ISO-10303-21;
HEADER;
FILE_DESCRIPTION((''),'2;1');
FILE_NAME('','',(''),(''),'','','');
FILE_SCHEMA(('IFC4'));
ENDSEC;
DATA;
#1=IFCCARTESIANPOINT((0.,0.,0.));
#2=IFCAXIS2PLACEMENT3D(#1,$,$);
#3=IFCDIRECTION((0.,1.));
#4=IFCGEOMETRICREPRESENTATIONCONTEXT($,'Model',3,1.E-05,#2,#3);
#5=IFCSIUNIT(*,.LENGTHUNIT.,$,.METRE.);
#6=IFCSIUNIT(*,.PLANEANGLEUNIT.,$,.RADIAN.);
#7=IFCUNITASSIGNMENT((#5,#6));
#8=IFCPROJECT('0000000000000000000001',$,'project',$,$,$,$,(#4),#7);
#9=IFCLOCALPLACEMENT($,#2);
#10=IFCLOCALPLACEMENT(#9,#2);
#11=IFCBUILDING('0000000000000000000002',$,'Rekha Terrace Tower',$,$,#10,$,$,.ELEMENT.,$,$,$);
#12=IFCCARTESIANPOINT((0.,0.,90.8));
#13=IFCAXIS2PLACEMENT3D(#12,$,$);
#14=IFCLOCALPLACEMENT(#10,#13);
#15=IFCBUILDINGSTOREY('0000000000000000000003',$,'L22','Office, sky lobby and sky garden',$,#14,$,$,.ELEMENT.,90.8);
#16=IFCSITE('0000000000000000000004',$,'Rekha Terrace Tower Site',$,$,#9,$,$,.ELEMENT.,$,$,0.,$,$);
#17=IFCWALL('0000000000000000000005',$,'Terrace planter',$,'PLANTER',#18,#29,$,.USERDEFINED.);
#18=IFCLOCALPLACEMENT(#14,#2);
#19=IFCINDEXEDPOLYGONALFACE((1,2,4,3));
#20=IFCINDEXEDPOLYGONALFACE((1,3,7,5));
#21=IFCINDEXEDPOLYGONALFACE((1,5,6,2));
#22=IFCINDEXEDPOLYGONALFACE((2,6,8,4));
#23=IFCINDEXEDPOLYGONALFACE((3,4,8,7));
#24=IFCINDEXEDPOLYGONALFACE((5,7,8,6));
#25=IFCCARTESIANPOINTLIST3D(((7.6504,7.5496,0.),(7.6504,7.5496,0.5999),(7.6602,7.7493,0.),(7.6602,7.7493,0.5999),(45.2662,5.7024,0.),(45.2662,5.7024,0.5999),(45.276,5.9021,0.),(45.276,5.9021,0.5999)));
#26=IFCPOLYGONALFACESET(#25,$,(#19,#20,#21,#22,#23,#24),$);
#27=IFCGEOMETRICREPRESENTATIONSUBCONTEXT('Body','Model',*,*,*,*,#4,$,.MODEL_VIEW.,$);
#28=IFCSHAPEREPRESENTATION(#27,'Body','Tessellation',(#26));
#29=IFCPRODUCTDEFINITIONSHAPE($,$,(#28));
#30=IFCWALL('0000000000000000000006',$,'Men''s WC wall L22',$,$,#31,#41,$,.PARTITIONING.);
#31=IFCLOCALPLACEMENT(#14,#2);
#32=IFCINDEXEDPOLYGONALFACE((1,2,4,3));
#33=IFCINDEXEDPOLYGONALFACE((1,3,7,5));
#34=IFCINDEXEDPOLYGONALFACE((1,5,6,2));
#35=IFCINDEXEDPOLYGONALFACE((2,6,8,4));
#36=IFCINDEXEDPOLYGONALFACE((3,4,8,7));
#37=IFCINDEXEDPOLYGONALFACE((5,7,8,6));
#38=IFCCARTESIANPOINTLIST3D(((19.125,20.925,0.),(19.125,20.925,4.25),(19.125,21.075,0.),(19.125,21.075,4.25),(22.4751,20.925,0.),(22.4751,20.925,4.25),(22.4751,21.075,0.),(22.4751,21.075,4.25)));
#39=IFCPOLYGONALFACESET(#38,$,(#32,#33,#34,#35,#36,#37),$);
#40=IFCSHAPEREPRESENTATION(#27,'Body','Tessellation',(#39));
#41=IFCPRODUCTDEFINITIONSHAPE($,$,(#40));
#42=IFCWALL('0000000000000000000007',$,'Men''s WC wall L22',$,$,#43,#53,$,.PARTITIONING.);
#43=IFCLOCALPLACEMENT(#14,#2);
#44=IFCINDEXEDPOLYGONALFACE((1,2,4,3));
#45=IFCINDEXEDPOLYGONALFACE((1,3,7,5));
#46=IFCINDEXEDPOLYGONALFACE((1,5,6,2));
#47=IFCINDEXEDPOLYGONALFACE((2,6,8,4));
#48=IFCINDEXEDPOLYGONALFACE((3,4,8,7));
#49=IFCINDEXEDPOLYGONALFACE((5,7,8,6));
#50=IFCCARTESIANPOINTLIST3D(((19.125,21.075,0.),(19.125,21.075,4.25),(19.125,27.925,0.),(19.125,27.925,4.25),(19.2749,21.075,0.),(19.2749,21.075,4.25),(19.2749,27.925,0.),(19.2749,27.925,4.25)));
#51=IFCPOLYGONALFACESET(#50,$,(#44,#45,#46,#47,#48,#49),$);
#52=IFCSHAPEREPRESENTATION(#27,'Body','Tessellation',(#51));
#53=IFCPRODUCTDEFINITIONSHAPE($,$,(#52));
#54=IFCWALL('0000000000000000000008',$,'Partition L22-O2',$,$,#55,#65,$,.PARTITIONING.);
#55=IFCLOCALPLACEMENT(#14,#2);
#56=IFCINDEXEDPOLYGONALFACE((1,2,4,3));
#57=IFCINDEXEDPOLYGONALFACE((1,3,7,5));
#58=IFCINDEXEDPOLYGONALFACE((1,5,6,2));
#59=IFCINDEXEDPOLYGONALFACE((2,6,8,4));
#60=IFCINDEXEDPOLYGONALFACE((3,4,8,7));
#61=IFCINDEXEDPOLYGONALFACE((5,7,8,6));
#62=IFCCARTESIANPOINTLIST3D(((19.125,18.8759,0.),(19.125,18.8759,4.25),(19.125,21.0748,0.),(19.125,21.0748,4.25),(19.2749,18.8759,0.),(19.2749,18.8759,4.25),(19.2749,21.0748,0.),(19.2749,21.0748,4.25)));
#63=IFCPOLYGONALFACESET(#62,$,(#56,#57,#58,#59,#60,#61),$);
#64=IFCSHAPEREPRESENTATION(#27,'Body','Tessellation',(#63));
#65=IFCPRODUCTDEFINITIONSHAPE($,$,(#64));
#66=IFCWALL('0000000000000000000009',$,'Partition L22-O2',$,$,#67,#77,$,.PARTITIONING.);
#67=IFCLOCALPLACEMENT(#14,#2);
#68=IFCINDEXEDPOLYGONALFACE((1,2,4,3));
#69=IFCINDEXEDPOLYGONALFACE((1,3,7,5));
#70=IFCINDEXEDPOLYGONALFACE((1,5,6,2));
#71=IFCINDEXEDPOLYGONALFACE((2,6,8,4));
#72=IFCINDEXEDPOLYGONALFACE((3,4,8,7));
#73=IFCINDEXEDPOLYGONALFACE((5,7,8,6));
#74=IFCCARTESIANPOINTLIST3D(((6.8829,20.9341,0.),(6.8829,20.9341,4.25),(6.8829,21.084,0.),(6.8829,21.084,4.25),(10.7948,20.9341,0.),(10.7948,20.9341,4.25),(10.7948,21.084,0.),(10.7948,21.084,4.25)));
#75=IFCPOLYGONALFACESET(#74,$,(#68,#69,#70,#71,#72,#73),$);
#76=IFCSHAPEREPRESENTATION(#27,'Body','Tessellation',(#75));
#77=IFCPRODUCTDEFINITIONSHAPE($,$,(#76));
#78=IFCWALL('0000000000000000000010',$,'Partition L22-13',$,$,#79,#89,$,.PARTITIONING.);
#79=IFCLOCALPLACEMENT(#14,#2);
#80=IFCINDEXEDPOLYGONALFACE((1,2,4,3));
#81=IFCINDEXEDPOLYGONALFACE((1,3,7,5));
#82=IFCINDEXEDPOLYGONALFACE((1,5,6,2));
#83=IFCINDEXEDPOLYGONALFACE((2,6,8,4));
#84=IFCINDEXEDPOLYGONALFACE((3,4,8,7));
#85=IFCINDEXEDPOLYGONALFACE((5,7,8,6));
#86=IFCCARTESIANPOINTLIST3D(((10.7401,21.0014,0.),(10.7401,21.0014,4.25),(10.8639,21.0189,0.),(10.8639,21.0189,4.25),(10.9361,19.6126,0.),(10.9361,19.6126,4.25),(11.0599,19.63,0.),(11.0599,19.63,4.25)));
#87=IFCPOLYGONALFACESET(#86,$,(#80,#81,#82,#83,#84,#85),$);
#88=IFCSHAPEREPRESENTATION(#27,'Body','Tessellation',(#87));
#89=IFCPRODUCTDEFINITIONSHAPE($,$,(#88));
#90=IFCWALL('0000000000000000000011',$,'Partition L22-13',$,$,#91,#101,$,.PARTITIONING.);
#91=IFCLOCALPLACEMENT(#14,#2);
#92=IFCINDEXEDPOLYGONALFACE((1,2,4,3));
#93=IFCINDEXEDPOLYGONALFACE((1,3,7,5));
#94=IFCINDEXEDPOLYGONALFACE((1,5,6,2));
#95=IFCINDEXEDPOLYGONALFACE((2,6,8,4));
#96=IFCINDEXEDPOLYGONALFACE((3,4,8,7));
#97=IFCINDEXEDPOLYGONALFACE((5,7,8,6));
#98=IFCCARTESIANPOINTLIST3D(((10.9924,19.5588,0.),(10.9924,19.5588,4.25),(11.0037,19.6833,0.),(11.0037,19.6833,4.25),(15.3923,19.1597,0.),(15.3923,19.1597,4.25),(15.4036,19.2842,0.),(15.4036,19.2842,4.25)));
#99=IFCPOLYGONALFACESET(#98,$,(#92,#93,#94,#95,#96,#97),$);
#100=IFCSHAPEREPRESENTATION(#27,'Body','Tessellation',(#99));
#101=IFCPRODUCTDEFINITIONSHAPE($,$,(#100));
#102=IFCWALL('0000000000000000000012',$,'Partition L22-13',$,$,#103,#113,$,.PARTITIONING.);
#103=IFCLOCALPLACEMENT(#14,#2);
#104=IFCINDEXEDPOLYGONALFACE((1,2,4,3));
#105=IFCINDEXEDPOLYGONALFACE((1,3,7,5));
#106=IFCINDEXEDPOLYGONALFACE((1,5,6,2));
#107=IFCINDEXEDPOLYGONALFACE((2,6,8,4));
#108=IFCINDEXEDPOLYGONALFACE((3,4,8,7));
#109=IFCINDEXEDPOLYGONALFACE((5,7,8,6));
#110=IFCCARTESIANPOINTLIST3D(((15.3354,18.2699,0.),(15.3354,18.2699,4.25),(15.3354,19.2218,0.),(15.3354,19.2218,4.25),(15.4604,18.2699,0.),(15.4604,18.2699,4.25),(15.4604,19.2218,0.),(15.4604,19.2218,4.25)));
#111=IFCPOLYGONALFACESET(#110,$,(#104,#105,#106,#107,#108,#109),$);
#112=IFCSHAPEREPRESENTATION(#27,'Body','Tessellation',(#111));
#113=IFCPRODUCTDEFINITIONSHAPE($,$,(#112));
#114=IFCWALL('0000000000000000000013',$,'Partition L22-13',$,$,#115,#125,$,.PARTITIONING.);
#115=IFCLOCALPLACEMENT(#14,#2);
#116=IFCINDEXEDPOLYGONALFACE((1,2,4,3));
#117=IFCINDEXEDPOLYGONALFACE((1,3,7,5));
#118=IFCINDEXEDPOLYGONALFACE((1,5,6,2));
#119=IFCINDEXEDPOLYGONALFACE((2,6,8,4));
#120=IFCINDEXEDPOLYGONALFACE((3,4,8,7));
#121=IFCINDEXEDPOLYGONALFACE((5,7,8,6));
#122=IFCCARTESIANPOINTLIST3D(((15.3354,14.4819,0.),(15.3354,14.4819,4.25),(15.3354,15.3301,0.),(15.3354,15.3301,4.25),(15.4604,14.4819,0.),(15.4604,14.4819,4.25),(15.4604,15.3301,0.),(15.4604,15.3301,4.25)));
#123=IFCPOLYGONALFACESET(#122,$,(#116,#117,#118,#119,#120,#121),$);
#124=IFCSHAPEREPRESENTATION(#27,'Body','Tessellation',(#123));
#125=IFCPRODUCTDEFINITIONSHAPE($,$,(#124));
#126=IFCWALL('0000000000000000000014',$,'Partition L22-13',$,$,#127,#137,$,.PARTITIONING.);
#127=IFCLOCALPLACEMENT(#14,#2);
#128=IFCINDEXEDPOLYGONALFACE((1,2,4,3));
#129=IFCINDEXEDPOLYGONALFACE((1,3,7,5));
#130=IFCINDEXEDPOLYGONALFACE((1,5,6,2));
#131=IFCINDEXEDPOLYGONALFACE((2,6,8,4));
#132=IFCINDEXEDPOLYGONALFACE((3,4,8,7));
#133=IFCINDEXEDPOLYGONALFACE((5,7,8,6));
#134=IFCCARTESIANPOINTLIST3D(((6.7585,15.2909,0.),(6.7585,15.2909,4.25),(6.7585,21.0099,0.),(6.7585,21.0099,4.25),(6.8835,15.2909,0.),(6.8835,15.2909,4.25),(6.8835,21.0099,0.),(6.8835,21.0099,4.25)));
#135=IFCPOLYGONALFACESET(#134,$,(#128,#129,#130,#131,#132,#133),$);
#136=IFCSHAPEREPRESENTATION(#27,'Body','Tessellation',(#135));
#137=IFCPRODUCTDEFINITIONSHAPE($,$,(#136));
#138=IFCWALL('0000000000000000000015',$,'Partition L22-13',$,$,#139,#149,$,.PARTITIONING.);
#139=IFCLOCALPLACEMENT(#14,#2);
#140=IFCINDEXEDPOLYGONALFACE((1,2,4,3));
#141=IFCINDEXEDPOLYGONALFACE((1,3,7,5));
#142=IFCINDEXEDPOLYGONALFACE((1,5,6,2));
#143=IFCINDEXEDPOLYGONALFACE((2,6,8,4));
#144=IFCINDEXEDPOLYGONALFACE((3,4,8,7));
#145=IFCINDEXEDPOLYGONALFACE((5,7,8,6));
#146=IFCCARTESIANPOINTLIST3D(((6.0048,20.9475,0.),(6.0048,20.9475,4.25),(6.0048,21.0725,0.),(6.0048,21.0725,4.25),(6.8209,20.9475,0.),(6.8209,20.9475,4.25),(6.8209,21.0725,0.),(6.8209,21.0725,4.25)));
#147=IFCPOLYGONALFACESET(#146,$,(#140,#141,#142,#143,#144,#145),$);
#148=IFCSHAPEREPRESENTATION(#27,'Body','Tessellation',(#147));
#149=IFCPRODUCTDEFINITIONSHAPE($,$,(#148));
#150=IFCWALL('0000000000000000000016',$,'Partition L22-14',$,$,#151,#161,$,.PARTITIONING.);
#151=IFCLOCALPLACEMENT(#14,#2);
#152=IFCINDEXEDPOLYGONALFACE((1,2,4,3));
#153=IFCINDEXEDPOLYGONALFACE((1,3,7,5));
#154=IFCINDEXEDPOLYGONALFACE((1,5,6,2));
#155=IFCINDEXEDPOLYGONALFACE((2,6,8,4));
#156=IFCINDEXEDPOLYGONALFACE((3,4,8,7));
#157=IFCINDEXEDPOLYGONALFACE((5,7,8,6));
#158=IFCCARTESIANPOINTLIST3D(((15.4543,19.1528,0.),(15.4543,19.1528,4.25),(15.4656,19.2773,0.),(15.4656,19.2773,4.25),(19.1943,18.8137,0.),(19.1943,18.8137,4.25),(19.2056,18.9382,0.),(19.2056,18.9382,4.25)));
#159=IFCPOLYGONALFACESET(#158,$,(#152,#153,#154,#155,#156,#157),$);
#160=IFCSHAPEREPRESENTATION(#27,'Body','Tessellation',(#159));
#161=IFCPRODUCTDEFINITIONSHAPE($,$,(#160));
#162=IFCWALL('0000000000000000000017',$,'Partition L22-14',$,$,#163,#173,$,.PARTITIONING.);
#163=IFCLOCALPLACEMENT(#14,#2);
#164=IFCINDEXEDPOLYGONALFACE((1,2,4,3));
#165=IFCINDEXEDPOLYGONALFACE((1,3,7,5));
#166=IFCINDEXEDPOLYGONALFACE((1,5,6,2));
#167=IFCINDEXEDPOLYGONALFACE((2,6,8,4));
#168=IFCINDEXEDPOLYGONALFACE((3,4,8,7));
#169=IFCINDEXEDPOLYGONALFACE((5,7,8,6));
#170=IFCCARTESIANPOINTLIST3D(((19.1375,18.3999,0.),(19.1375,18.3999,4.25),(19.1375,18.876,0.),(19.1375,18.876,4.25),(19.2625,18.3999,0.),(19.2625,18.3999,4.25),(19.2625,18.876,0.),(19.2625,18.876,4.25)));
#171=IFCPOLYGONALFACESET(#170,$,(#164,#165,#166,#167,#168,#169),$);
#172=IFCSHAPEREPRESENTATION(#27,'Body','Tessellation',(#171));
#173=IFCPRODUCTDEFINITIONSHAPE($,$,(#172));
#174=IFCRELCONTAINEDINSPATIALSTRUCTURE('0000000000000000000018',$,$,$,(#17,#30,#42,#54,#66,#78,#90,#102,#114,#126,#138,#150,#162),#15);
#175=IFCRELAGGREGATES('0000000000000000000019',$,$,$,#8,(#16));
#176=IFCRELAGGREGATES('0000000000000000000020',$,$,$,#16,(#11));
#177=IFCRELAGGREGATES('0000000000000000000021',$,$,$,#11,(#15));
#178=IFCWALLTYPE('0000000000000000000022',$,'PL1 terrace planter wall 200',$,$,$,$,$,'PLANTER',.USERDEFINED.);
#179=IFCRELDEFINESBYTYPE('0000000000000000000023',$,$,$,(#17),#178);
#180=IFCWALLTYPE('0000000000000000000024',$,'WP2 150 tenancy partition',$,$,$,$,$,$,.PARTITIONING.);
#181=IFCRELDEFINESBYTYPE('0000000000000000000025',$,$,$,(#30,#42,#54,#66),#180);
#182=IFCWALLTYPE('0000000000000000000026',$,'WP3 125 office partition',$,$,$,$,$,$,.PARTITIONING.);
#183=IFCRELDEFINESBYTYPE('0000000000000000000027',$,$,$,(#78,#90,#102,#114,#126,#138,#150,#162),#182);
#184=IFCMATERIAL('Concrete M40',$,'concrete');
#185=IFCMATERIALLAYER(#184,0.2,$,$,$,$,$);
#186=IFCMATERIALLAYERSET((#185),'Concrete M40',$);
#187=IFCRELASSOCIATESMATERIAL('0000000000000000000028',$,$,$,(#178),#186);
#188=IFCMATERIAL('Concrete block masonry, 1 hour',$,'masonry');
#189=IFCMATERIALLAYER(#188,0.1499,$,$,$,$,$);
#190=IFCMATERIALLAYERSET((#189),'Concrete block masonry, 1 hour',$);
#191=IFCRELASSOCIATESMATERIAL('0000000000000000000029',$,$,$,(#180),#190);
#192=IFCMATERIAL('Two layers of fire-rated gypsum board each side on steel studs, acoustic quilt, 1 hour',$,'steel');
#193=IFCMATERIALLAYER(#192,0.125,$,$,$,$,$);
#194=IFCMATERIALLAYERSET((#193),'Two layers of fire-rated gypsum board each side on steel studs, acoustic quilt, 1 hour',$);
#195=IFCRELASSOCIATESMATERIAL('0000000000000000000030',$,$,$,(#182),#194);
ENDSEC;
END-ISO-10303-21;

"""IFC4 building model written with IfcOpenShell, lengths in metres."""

from ifc_helpers import new_model, si_unit, direction, frame, frame_2d, origin, place, context, subcontext, project, spatial, rectangle, extrude, material, layer, layer_set, type_object, element, save


model = new_model("IFC4")

# Units and contexts
model_context = context("Model", 3, precision=1e-05, world=origin(), true_north=direction((0.0, 1.0)))
body_context = subcontext(model_context, "Body", "Model", "MODEL_VIEW")
ifc_project = project(units=[si_unit("LENGTHUNIT", "METRE"), si_unit("PLANEANGLEUNIT", "RADIAN")], contexts=[model_context])

# Site, building, storey
site_placement = place(None, origin())
site = spatial("IfcSite", under=ifc_project, at=site_placement, Name="Rekha Terrace Tower Site", CompositionType="ELEMENT", RefElevation=0.0)
building_placement = place(site_placement, origin())
building = spatial("IfcBuilding", under=site, at=building_placement, Name="Rekha Terrace Tower", CompositionType="ELEMENT")
storey_placement = place(building_placement, frame((0.0, 0.0, 90.8)))
storey = spatial("IfcBuildingStorey", under=building, at=storey_placement, Name="L22", Description="Office, sky lobby and sky garden", CompositionType="ELEMENT", Elevation=90.8)

# Walls
ifc_material_1 = material(Name="Concrete M40", Category="concrete")
ifc_layer_1 = layer(ifc_material_1, 0.2)
ifc_layer_set_1 = layer_set([ifc_layer_1], Name="Concrete M40")
wall_type_1 = type_object("IfcWallType", Name="PL1 terrace planter wall 200", ElementType="PLANTER", PredefinedType="USERDEFINED", material=ifc_layer_set_1)
wall_1_placement = place(storey_placement, frame((7.6553, 7.6494, 0.0), z_axis=(0.0, 0.0, 1.0), x_axis=(0.998796, -0.049047, 0.0)))
element("IfcWall", 1, at=wall_1_placement, inside=storey, type_object=wall_type_1, Name="Terrace planter", ObjectType="PLANTER", PredefinedType="USERDEFINED", context=body_context, shape_type="SweptSolid", body=[
    extrude(rectangle(XDim=37.6611, YDim=0.2, at=frame_2d((18.8306, 0.0))), origin(), (0.0, 0.0, 1.0), 0.5999),
])
ifc_material_2 = material(Name="Concrete block masonry, 1 hour", Category="masonry")
ifc_layer_2 = layer(ifc_material_2, 0.1499)
ifc_layer_set_2 = layer_set([ifc_layer_2], Name="Concrete block masonry, 1 hour")
wall_type_2 = type_object("IfcWallType", Name="WP2 150 tenancy partition", PredefinedType="PARTITIONING", material=ifc_layer_set_2)
wall_2_placement = place(storey_placement, frame((19.125, 21.0, 0.0), z_axis=(0.0, 0.0, 1.0), x_axis=(1.0, 0.0, 0.0)))
element("IfcWall", 2, at=wall_2_placement, inside=storey, type_object=wall_type_2, Name="Men's WC wall L22", PredefinedType="PARTITIONING", context=body_context, shape_type="SweptSolid", body=[
    extrude(rectangle(XDim=3.3501, YDim=0.1499, at=frame_2d((1.675, 0.0))), origin(), (0.0, 0.0, 1.0), 4.25),
])
wall_3_placement = place(storey_placement, frame((19.2, 21.075, 0.0), z_axis=(0.0, 0.0, 1.0), x_axis=(0.0, 1.0, 0.0)))
element("IfcWall", 3, at=wall_3_placement, inside=storey, type_object=wall_type_2, Name="Men's WC wall L22", PredefinedType="PARTITIONING", context=body_context, shape_type="SweptSolid", body=[
    extrude(rectangle(XDim=6.8501, YDim=0.1499, at=frame_2d((3.425, 0.0))), origin(), (0.0, 0.0, 1.0), 4.25),
])
wall_4_placement = place(storey_placement, frame((19.2, 21.075, 0.0), z_axis=(0.0, 0.0, 1.0), x_axis=(0.0, -1.0, 0.0)))
element("IfcWall", 4, at=wall_4_placement, inside=storey, type_object=wall_type_2, Name="Partition L22-O2", PredefinedType="PARTITIONING", context=body_context, shape_type="SweptSolid", body=[
    extrude(rectangle(XDim=2.199, YDim=0.1499, at=frame_2d((1.0996, 0.0))), origin(), (0.0, 0.0, 1.0), 4.25),
])
wall_5_placement = place(storey_placement, frame((10.7949, 21.009, 0.0), z_axis=(0.0, 0.0, 1.0), x_axis=(-1.0, 0.0, 0.0)))
element("IfcWall", 5, at=wall_5_placement, inside=storey, type_object=wall_type_2, Name="Partition L22-O2", PredefinedType="PARTITIONING", context=body_context, shape_type="SweptSolid", body=[
    extrude(rectangle(XDim=3.9119, YDim=0.1499, at=frame_2d((1.9561, 0.0))), origin(), (0.0, 0.0, 1.0), 4.25),
])
ifc_material_3 = material(Name="Two layers of fire-rated gypsum board each side on steel studs, acoustic quilt, 1 hour", Category="steel")
ifc_layer_3 = layer(ifc_material_3, 0.125)
ifc_layer_set_3 = layer_set([ifc_layer_3], Name="Two layers of fire-rated gypsum board each side on steel studs, acoustic quilt, 1 hour")
wall_type_3 = type_object("IfcWallType", Name="WP3 125 office partition", PredefinedType="PARTITIONING", material=ifc_layer_set_3)
wall_6_placement = place(storey_placement, frame((10.802, 21.01, 0.0), z_axis=(0.0, 0.0, 1.0), x_axis=(0.139764, -0.990185, 0.0)))
element("IfcWall", 6, at=wall_6_placement, inside=storey, type_object=wall_type_3, Name="Partition L22-13", PredefinedType="PARTITIONING", context=body_context, shape_type="SweptSolid", body=[
    extrude(rectangle(XDim=1.4026, YDim=0.125, at=frame_2d((0.7012, 0.0))), origin(), (0.0, 0.0, 1.0), 4.25),
])
wall_7_placement = place(storey_placement, frame((10.998, 19.6211, 0.0), z_axis=(0.0, 0.0, 1.0), x_axis=(0.99591, -0.090351, 0.0)))
element("IfcWall", 7, at=wall_7_placement, inside=storey, type_object=wall_type_3, Name="Partition L22-13", PredefinedType="PARTITIONING", context=body_context, shape_type="SweptSolid", body=[
    extrude(rectangle(XDim=4.418, YDim=0.125, at=frame_2d((2.209, 0.0))), origin(), (0.0, 0.0, 1.0), 4.25),
])
wall_8_placement = place(storey_placement, frame((15.3979, 19.2219, 0.0), z_axis=(0.0, 0.0, 1.0), x_axis=(0.0, -1.0, 0.0)))
element("IfcWall", 8, at=wall_8_placement, inside=storey, type_object=wall_type_3, Name="Partition L22-13", PredefinedType="PARTITIONING", context=body_context, shape_type="SweptSolid", body=[
    extrude(rectangle(XDim=0.9519, YDim=0.125, at=frame_2d((0.4761, 0.0))), origin(), (0.0, 0.0, 1.0), 4.25),
])
wall_9_placement = place(storey_placement, frame((15.3979, 15.3301, 0.0), z_axis=(0.0, 0.0, 1.0), x_axis=(0.0, -1.0, 0.0)))
element("IfcWall", 9, at=wall_9_placement, inside=storey, type_object=wall_type_3, Name="Partition L22-13", PredefinedType="PARTITIONING", context=body_context, shape_type="SweptSolid", body=[
    extrude(rectangle(XDim=0.8481, YDim=0.125, at=frame_2d((0.4241, 0.0))), origin(), (0.0, 0.0, 1.0), 4.25),
])
wall_10_placement = place(storey_placement, frame((6.821, 15.291, 0.0), z_axis=(0.0, 0.0, 1.0), x_axis=(0.0, 1.0, 0.0)))
element("IfcWall", 10, at=wall_10_placement, inside=storey, type_object=wall_type_3, Name="Partition L22-13", PredefinedType="PARTITIONING", context=body_context, shape_type="SweptSolid", body=[
    extrude(rectangle(XDim=5.719, YDim=0.125, at=frame_2d((2.8594, 0.0))), origin(), (0.0, 0.0, 1.0), 4.25),
])
wall_11_placement = place(storey_placement, frame((6.821, 21.01, 0.0), z_axis=(0.0, 0.0, 1.0), x_axis=(-1.0, 0.0, 0.0)))
element("IfcWall", 11, at=wall_11_placement, inside=storey, type_object=wall_type_3, Name="Partition L22-13", PredefinedType="PARTITIONING", context=body_context, shape_type="SweptSolid", body=[
    extrude(rectangle(XDim=0.8162, YDim=0.125, at=frame_2d((0.4082, 0.0))), origin(), (0.0, 0.0, 1.0), 4.25),
])
wall_12_placement = place(storey_placement, frame((15.46, 19.2151, 0.0), z_axis=(0.0, 0.0, 1.0), x_axis=(0.995914, -0.090301, 0.0)))
element("IfcWall", 12, at=wall_12_placement, inside=storey, type_object=wall_type_3, Name="Partition L22-14", PredefinedType="PARTITIONING", context=body_context, shape_type="SweptSolid", body=[
    extrude(rectangle(XDim=3.7554, YDim=0.125, at=frame_2d((1.8777, 0.0))), origin(), (0.0, 0.0, 1.0), 4.25),
])
wall_13_placement = place(storey_placement, frame((19.2, 18.876, 0.0), z_axis=(0.0, 0.0, 1.0), x_axis=(0.0, -1.0, 0.0)))
element("IfcWall", 13, at=wall_13_placement, inside=storey, type_object=wall_type_3, Name="Partition L22-14", PredefinedType="PARTITIONING", context=body_context, shape_type="SweptSolid", body=[
    extrude(rectangle(XDim=0.4761, YDim=0.125, at=frame_2d((0.238, 0.0))), origin(), (0.0, 0.0, 1.0), 4.25),
])

save(model, "model.ifc")
